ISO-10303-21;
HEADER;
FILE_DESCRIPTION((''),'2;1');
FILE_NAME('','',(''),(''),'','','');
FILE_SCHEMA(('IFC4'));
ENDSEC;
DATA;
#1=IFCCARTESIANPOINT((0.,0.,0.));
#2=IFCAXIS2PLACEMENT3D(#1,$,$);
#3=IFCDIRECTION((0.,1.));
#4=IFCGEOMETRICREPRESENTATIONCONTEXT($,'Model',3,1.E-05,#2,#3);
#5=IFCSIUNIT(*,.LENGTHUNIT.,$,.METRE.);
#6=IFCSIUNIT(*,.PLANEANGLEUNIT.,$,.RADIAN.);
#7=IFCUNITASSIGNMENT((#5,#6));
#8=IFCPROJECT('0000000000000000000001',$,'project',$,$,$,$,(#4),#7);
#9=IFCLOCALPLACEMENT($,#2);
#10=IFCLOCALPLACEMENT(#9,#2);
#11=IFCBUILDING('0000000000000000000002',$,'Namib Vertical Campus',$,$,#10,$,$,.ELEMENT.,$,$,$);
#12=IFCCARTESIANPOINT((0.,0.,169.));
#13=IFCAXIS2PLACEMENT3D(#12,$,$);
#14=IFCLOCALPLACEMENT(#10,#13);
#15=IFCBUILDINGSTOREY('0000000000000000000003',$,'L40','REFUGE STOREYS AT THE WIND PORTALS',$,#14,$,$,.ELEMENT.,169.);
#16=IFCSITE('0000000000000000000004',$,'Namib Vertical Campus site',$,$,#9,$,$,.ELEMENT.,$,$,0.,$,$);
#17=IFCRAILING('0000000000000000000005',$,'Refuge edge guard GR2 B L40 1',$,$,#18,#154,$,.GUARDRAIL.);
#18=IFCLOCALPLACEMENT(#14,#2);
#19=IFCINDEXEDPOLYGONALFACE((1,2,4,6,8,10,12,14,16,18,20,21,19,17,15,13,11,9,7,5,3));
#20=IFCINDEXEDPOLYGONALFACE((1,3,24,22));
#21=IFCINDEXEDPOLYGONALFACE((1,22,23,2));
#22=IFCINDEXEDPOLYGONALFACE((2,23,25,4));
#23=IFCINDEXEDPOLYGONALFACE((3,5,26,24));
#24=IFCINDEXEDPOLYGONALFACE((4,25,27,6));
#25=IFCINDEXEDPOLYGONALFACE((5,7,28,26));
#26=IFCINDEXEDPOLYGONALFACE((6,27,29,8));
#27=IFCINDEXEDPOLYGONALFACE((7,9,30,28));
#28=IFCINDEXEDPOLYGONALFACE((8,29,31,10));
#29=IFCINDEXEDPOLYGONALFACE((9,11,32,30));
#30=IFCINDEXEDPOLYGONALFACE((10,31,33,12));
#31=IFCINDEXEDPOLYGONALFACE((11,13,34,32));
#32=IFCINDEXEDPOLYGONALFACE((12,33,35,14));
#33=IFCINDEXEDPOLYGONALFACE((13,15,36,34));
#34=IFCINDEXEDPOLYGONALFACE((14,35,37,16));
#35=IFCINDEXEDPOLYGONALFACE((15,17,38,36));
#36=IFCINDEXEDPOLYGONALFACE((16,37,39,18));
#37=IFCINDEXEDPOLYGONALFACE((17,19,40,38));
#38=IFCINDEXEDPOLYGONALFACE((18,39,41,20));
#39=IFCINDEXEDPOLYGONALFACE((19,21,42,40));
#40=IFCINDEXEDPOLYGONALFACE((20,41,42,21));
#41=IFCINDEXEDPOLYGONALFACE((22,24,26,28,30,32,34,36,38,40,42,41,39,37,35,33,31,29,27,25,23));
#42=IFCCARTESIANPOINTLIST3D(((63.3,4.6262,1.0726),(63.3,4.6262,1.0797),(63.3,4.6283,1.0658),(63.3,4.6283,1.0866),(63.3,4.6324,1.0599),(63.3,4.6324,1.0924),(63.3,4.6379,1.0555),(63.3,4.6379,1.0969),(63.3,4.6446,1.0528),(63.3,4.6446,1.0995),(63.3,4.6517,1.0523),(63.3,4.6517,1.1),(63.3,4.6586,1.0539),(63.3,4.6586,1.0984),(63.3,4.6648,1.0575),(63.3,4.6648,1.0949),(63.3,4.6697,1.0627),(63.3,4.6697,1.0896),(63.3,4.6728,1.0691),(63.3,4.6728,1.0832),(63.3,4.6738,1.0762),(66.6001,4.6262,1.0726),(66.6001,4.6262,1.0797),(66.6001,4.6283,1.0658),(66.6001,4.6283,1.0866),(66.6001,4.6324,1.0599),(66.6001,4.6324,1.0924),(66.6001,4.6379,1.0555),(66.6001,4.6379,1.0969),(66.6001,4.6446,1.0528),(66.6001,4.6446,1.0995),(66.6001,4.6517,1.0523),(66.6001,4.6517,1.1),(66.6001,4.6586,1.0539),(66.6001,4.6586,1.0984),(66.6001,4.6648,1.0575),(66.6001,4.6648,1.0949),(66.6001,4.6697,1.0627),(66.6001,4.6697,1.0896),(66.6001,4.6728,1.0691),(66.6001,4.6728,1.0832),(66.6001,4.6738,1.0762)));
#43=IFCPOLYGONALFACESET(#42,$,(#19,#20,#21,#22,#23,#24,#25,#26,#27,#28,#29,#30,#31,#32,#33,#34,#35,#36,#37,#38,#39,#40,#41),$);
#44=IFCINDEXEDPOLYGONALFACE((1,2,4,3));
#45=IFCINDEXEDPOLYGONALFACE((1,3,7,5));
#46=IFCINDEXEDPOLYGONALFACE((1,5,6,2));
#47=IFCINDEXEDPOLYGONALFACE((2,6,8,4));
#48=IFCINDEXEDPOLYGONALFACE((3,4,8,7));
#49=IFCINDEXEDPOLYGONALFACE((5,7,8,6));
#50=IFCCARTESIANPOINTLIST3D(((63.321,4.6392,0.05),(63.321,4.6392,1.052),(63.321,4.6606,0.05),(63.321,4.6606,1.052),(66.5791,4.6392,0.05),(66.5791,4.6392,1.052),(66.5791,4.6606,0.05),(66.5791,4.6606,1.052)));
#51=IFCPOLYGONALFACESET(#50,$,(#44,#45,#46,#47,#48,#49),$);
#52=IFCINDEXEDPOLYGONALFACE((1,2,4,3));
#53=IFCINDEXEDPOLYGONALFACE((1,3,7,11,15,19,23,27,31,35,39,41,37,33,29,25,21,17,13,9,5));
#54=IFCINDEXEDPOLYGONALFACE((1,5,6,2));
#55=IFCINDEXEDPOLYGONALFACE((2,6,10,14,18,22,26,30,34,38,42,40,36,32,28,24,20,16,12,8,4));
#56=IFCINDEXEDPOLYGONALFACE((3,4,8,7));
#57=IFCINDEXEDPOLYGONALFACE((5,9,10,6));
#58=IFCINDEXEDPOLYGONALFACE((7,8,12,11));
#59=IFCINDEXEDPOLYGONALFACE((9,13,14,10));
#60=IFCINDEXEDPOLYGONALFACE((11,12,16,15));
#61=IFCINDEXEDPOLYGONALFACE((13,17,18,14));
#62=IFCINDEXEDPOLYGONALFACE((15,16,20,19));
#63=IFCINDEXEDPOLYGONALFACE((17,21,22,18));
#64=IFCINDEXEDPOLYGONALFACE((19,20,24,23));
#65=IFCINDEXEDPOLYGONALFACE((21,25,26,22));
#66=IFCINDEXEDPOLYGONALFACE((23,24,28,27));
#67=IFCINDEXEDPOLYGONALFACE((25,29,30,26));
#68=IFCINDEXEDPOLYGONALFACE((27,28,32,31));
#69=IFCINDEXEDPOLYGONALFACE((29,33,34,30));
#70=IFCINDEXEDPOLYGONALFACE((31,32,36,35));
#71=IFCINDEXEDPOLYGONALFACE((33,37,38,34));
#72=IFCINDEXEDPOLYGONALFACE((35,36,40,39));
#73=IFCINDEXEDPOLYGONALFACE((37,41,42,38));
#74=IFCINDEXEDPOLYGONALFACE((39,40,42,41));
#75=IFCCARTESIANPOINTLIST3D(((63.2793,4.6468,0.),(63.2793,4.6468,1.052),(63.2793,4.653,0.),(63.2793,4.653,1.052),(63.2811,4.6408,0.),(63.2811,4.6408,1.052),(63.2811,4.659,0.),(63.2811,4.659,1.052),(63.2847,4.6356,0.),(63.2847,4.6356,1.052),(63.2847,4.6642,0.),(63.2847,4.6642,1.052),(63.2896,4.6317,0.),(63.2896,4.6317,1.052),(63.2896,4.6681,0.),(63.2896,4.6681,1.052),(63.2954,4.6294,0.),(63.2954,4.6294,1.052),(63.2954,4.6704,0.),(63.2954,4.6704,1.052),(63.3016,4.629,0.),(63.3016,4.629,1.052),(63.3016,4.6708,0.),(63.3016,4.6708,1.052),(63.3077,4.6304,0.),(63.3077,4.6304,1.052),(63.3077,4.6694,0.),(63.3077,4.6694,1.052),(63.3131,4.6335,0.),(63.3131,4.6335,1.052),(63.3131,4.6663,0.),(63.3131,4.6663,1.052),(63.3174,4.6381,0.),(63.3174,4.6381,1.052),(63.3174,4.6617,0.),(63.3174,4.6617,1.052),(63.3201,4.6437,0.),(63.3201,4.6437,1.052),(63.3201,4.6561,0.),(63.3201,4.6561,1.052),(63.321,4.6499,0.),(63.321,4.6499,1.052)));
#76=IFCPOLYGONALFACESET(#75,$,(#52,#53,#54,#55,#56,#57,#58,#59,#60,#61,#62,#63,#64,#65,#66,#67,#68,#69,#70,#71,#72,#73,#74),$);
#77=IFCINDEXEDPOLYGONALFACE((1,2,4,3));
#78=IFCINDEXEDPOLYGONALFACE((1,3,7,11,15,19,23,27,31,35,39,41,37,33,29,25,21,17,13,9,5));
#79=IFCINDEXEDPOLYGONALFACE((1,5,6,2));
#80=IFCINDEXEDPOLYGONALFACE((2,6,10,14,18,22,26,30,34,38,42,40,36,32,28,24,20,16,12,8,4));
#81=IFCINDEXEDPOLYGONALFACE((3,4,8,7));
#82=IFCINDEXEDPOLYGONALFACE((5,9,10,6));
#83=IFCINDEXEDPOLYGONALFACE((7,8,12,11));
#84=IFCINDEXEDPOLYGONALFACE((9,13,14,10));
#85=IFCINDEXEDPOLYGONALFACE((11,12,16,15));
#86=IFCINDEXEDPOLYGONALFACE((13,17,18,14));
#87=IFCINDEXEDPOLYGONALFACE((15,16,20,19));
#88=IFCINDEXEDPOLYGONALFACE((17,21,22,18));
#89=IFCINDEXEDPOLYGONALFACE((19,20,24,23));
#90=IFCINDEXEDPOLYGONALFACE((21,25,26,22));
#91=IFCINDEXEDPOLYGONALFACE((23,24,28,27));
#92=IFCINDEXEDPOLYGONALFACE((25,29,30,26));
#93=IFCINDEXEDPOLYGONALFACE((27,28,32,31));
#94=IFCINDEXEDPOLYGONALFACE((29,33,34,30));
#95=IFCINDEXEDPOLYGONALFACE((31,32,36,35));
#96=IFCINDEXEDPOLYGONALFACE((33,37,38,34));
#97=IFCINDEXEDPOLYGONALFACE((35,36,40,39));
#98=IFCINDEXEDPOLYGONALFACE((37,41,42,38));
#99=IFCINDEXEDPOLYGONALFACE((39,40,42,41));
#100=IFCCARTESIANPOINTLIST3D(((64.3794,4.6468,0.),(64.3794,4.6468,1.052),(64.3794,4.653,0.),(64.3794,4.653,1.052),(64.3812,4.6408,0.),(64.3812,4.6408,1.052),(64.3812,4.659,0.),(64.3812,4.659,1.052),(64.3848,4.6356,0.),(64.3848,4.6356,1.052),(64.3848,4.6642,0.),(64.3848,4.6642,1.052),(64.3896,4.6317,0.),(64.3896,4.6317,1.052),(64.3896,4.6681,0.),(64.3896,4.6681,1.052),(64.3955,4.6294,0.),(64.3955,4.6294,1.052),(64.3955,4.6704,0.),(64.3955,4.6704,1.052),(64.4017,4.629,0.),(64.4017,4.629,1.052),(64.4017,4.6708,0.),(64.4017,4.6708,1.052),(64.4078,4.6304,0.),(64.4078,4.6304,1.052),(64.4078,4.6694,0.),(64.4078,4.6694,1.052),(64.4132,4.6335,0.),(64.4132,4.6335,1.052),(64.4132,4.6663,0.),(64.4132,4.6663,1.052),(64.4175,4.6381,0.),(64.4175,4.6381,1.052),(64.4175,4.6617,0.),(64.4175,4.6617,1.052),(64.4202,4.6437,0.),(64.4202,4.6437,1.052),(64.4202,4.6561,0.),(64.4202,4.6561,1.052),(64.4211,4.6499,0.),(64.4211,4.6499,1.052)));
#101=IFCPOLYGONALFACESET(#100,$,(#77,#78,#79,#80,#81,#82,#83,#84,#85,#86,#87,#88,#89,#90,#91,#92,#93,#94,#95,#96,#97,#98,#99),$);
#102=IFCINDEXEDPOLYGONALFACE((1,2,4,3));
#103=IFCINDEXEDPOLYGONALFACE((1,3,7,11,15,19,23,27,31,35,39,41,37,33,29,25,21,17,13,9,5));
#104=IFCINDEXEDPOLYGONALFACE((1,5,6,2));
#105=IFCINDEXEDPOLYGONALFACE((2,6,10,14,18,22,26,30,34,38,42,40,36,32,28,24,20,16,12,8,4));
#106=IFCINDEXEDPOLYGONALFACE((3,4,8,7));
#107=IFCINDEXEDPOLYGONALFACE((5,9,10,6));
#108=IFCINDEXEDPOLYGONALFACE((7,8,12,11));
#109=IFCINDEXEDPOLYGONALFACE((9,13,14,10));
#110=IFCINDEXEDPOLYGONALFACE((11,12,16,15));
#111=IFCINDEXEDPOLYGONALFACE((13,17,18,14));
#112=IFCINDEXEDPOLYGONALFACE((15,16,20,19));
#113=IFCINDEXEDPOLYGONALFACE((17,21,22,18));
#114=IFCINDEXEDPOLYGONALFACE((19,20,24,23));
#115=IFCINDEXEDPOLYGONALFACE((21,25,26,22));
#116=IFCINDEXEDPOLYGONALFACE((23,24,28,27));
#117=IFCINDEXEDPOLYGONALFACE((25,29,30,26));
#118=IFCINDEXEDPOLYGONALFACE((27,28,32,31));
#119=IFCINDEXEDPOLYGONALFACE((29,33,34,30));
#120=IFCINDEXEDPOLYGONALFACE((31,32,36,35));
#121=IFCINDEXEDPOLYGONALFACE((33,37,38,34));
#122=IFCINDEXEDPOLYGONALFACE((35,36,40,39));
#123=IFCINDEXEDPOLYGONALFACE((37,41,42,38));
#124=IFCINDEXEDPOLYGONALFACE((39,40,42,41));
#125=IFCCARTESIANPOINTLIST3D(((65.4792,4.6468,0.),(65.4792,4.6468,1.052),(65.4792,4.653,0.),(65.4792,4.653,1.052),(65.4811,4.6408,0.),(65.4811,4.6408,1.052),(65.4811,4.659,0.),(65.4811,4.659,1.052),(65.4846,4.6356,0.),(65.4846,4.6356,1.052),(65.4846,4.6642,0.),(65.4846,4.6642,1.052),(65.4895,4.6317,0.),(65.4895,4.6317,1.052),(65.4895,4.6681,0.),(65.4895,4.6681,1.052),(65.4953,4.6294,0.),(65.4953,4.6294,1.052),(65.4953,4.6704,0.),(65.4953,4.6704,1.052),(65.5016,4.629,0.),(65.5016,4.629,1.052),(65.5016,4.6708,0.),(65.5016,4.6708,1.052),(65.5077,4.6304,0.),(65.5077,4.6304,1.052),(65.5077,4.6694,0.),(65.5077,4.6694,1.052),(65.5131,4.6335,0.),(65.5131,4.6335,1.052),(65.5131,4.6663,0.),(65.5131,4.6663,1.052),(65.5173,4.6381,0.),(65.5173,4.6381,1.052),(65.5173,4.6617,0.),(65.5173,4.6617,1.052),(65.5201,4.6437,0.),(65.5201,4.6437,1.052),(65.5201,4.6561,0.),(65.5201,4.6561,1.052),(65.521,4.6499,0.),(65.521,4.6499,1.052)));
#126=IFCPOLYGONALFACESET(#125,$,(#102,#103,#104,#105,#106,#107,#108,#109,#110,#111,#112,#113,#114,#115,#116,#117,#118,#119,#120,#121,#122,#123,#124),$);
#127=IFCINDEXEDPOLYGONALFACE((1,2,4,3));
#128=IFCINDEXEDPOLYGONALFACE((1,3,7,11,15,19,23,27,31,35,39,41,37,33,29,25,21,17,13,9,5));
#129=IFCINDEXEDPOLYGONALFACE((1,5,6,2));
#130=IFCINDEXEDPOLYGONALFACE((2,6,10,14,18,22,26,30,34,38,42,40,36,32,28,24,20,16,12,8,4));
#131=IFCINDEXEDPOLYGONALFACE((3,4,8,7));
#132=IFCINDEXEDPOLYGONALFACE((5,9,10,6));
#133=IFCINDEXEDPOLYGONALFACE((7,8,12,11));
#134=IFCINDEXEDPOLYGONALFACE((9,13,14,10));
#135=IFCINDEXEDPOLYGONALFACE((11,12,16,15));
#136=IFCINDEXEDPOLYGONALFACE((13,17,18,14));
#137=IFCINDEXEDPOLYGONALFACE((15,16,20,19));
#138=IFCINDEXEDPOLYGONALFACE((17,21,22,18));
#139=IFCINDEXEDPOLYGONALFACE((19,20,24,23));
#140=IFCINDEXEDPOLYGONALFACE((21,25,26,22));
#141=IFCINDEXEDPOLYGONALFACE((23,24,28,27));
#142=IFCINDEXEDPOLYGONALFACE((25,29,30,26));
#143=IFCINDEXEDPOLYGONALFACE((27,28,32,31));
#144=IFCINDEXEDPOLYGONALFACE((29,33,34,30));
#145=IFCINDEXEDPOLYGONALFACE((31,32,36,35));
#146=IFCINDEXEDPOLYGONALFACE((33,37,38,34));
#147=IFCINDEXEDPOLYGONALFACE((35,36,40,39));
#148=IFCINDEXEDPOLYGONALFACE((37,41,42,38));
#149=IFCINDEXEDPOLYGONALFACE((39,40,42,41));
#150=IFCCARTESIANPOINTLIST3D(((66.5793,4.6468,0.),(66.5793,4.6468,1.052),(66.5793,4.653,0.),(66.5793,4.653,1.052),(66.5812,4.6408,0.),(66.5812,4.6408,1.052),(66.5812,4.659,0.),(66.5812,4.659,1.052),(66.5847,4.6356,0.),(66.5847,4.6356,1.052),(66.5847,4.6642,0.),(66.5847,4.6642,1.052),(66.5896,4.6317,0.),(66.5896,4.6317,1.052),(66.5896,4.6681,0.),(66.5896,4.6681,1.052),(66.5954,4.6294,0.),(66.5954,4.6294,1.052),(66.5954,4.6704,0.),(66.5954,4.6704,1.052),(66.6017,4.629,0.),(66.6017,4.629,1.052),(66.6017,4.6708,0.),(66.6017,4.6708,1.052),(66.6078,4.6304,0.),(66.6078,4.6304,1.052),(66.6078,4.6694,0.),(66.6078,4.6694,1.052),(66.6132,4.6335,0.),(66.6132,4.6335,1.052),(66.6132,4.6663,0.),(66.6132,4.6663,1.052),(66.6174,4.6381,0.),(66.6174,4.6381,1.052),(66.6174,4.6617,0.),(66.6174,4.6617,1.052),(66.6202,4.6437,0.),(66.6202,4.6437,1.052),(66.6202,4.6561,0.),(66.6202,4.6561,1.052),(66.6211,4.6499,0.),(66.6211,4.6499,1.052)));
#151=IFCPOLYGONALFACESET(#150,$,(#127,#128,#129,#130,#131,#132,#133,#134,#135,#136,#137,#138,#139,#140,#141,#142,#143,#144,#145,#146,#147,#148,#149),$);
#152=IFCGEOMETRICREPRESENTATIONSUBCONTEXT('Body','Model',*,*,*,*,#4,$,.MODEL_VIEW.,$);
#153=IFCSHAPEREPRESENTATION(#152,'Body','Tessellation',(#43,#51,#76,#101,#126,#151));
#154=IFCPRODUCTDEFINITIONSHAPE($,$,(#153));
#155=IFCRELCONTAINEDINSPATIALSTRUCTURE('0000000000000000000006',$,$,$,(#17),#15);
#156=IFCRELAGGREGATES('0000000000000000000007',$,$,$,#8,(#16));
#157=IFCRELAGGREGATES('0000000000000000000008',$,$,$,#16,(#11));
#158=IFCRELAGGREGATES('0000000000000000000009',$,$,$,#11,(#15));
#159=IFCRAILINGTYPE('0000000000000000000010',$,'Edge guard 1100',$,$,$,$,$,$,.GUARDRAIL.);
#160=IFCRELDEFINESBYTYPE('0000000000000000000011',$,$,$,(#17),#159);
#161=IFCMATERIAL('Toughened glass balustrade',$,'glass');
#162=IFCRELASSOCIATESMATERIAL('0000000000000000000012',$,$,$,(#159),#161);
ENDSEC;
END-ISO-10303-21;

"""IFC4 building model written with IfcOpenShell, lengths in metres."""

from ifc_helpers import new_model, si_unit, direction, frame, origin, origin_2d, place, context, subcontext, project, spatial, polyline, circle, outline, extrude, material, type_object, element, save


model = new_model("IFC4")

# Units and contexts
model_context = context("Model", 3, precision=1e-05, world=origin(), true_north=direction((0.0, 1.0)))
body_context = subcontext(model_context, "Body", "Model", "MODEL_VIEW")
ifc_project = project(units=[si_unit("LENGTHUNIT", "METRE"), si_unit("PLANEANGLEUNIT", "RADIAN")], contexts=[model_context])

# Site, building, storey
site_placement = place(None, origin())
site = spatial("IfcSite", under=ifc_project, at=site_placement, Name="Namib Vertical Campus site", CompositionType="ELEMENT", RefElevation=0.0)
building_placement = place(site_placement, origin())
building = spatial("IfcBuilding", under=site, at=building_placement, Name="Namib Vertical Campus", CompositionType="ELEMENT")
storey_placement = place(building_placement, frame((0.0, 0.0, 169.0)))
storey = spatial("IfcBuildingStorey", under=building, at=storey_placement, Name="L40", Description="REFUGE STOREYS AT THE WIND PORTALS", CompositionType="ELEMENT", Elevation=169.0)

# Railing
ifc_material_1 = material(Name="Toughened glass balustrade", Category="glass")
railing_type = type_object("IfcRailingType", Name="Edge guard 1100", PredefinedType="GUARDRAIL", material=ifc_material_1)
railing_1_placement = place(storey_placement, frame((63.3, 4.6499, 0.0)))
element("IfcRailing", 1, at=railing_1_placement, inside=storey, type_object=railing_type, Name="Refuge edge guard GR2 B L40 1", PredefinedType="GUARDRAIL", context=body_context, shape_type="SweptSolid", body=[
    extrude(circle(Radius=0.0239, at=origin_2d()), frame((0.0, 0.0, 1.0762), z_axis=(1.0, 0.0, 0.0), x_axis=(0.0, 1.0, 0.0)), (0.0, 0.0, 1.0), 3.3),
    extrude(outline(polyline([(0.021, 0.05), (3.2791, 0.05), (3.2791, 1.052), (0.021, 1.052), (0.021, 0.05)])), frame((0.0, 0.0107, 0.0), z_axis=(0.0, -1.0, 0.0), x_axis=(1.0, 0.0, 0.0)), (0.0, 0.0, 1.0), 0.0215),
    extrude(circle(Radius=0.021, at=origin_2d()), origin(), (0.0, 0.0, 1.0), 1.052),
    extrude(circle(Radius=0.021, at=origin_2d()), frame((1.1001, 0.0, 0.0)), (0.0, 0.0, 1.0), 1.052),
    extrude(circle(Radius=0.021, at=origin_2d()), frame((2.2, 0.0, 0.0)), (0.0, 0.0, 1.0), 1.052),
    extrude(circle(Radius=0.021, at=origin_2d()), frame((3.3, 0.0, 0.0)), (0.0, 0.0, 1.0), 1.052),
])

save(model, "model.ifc")
